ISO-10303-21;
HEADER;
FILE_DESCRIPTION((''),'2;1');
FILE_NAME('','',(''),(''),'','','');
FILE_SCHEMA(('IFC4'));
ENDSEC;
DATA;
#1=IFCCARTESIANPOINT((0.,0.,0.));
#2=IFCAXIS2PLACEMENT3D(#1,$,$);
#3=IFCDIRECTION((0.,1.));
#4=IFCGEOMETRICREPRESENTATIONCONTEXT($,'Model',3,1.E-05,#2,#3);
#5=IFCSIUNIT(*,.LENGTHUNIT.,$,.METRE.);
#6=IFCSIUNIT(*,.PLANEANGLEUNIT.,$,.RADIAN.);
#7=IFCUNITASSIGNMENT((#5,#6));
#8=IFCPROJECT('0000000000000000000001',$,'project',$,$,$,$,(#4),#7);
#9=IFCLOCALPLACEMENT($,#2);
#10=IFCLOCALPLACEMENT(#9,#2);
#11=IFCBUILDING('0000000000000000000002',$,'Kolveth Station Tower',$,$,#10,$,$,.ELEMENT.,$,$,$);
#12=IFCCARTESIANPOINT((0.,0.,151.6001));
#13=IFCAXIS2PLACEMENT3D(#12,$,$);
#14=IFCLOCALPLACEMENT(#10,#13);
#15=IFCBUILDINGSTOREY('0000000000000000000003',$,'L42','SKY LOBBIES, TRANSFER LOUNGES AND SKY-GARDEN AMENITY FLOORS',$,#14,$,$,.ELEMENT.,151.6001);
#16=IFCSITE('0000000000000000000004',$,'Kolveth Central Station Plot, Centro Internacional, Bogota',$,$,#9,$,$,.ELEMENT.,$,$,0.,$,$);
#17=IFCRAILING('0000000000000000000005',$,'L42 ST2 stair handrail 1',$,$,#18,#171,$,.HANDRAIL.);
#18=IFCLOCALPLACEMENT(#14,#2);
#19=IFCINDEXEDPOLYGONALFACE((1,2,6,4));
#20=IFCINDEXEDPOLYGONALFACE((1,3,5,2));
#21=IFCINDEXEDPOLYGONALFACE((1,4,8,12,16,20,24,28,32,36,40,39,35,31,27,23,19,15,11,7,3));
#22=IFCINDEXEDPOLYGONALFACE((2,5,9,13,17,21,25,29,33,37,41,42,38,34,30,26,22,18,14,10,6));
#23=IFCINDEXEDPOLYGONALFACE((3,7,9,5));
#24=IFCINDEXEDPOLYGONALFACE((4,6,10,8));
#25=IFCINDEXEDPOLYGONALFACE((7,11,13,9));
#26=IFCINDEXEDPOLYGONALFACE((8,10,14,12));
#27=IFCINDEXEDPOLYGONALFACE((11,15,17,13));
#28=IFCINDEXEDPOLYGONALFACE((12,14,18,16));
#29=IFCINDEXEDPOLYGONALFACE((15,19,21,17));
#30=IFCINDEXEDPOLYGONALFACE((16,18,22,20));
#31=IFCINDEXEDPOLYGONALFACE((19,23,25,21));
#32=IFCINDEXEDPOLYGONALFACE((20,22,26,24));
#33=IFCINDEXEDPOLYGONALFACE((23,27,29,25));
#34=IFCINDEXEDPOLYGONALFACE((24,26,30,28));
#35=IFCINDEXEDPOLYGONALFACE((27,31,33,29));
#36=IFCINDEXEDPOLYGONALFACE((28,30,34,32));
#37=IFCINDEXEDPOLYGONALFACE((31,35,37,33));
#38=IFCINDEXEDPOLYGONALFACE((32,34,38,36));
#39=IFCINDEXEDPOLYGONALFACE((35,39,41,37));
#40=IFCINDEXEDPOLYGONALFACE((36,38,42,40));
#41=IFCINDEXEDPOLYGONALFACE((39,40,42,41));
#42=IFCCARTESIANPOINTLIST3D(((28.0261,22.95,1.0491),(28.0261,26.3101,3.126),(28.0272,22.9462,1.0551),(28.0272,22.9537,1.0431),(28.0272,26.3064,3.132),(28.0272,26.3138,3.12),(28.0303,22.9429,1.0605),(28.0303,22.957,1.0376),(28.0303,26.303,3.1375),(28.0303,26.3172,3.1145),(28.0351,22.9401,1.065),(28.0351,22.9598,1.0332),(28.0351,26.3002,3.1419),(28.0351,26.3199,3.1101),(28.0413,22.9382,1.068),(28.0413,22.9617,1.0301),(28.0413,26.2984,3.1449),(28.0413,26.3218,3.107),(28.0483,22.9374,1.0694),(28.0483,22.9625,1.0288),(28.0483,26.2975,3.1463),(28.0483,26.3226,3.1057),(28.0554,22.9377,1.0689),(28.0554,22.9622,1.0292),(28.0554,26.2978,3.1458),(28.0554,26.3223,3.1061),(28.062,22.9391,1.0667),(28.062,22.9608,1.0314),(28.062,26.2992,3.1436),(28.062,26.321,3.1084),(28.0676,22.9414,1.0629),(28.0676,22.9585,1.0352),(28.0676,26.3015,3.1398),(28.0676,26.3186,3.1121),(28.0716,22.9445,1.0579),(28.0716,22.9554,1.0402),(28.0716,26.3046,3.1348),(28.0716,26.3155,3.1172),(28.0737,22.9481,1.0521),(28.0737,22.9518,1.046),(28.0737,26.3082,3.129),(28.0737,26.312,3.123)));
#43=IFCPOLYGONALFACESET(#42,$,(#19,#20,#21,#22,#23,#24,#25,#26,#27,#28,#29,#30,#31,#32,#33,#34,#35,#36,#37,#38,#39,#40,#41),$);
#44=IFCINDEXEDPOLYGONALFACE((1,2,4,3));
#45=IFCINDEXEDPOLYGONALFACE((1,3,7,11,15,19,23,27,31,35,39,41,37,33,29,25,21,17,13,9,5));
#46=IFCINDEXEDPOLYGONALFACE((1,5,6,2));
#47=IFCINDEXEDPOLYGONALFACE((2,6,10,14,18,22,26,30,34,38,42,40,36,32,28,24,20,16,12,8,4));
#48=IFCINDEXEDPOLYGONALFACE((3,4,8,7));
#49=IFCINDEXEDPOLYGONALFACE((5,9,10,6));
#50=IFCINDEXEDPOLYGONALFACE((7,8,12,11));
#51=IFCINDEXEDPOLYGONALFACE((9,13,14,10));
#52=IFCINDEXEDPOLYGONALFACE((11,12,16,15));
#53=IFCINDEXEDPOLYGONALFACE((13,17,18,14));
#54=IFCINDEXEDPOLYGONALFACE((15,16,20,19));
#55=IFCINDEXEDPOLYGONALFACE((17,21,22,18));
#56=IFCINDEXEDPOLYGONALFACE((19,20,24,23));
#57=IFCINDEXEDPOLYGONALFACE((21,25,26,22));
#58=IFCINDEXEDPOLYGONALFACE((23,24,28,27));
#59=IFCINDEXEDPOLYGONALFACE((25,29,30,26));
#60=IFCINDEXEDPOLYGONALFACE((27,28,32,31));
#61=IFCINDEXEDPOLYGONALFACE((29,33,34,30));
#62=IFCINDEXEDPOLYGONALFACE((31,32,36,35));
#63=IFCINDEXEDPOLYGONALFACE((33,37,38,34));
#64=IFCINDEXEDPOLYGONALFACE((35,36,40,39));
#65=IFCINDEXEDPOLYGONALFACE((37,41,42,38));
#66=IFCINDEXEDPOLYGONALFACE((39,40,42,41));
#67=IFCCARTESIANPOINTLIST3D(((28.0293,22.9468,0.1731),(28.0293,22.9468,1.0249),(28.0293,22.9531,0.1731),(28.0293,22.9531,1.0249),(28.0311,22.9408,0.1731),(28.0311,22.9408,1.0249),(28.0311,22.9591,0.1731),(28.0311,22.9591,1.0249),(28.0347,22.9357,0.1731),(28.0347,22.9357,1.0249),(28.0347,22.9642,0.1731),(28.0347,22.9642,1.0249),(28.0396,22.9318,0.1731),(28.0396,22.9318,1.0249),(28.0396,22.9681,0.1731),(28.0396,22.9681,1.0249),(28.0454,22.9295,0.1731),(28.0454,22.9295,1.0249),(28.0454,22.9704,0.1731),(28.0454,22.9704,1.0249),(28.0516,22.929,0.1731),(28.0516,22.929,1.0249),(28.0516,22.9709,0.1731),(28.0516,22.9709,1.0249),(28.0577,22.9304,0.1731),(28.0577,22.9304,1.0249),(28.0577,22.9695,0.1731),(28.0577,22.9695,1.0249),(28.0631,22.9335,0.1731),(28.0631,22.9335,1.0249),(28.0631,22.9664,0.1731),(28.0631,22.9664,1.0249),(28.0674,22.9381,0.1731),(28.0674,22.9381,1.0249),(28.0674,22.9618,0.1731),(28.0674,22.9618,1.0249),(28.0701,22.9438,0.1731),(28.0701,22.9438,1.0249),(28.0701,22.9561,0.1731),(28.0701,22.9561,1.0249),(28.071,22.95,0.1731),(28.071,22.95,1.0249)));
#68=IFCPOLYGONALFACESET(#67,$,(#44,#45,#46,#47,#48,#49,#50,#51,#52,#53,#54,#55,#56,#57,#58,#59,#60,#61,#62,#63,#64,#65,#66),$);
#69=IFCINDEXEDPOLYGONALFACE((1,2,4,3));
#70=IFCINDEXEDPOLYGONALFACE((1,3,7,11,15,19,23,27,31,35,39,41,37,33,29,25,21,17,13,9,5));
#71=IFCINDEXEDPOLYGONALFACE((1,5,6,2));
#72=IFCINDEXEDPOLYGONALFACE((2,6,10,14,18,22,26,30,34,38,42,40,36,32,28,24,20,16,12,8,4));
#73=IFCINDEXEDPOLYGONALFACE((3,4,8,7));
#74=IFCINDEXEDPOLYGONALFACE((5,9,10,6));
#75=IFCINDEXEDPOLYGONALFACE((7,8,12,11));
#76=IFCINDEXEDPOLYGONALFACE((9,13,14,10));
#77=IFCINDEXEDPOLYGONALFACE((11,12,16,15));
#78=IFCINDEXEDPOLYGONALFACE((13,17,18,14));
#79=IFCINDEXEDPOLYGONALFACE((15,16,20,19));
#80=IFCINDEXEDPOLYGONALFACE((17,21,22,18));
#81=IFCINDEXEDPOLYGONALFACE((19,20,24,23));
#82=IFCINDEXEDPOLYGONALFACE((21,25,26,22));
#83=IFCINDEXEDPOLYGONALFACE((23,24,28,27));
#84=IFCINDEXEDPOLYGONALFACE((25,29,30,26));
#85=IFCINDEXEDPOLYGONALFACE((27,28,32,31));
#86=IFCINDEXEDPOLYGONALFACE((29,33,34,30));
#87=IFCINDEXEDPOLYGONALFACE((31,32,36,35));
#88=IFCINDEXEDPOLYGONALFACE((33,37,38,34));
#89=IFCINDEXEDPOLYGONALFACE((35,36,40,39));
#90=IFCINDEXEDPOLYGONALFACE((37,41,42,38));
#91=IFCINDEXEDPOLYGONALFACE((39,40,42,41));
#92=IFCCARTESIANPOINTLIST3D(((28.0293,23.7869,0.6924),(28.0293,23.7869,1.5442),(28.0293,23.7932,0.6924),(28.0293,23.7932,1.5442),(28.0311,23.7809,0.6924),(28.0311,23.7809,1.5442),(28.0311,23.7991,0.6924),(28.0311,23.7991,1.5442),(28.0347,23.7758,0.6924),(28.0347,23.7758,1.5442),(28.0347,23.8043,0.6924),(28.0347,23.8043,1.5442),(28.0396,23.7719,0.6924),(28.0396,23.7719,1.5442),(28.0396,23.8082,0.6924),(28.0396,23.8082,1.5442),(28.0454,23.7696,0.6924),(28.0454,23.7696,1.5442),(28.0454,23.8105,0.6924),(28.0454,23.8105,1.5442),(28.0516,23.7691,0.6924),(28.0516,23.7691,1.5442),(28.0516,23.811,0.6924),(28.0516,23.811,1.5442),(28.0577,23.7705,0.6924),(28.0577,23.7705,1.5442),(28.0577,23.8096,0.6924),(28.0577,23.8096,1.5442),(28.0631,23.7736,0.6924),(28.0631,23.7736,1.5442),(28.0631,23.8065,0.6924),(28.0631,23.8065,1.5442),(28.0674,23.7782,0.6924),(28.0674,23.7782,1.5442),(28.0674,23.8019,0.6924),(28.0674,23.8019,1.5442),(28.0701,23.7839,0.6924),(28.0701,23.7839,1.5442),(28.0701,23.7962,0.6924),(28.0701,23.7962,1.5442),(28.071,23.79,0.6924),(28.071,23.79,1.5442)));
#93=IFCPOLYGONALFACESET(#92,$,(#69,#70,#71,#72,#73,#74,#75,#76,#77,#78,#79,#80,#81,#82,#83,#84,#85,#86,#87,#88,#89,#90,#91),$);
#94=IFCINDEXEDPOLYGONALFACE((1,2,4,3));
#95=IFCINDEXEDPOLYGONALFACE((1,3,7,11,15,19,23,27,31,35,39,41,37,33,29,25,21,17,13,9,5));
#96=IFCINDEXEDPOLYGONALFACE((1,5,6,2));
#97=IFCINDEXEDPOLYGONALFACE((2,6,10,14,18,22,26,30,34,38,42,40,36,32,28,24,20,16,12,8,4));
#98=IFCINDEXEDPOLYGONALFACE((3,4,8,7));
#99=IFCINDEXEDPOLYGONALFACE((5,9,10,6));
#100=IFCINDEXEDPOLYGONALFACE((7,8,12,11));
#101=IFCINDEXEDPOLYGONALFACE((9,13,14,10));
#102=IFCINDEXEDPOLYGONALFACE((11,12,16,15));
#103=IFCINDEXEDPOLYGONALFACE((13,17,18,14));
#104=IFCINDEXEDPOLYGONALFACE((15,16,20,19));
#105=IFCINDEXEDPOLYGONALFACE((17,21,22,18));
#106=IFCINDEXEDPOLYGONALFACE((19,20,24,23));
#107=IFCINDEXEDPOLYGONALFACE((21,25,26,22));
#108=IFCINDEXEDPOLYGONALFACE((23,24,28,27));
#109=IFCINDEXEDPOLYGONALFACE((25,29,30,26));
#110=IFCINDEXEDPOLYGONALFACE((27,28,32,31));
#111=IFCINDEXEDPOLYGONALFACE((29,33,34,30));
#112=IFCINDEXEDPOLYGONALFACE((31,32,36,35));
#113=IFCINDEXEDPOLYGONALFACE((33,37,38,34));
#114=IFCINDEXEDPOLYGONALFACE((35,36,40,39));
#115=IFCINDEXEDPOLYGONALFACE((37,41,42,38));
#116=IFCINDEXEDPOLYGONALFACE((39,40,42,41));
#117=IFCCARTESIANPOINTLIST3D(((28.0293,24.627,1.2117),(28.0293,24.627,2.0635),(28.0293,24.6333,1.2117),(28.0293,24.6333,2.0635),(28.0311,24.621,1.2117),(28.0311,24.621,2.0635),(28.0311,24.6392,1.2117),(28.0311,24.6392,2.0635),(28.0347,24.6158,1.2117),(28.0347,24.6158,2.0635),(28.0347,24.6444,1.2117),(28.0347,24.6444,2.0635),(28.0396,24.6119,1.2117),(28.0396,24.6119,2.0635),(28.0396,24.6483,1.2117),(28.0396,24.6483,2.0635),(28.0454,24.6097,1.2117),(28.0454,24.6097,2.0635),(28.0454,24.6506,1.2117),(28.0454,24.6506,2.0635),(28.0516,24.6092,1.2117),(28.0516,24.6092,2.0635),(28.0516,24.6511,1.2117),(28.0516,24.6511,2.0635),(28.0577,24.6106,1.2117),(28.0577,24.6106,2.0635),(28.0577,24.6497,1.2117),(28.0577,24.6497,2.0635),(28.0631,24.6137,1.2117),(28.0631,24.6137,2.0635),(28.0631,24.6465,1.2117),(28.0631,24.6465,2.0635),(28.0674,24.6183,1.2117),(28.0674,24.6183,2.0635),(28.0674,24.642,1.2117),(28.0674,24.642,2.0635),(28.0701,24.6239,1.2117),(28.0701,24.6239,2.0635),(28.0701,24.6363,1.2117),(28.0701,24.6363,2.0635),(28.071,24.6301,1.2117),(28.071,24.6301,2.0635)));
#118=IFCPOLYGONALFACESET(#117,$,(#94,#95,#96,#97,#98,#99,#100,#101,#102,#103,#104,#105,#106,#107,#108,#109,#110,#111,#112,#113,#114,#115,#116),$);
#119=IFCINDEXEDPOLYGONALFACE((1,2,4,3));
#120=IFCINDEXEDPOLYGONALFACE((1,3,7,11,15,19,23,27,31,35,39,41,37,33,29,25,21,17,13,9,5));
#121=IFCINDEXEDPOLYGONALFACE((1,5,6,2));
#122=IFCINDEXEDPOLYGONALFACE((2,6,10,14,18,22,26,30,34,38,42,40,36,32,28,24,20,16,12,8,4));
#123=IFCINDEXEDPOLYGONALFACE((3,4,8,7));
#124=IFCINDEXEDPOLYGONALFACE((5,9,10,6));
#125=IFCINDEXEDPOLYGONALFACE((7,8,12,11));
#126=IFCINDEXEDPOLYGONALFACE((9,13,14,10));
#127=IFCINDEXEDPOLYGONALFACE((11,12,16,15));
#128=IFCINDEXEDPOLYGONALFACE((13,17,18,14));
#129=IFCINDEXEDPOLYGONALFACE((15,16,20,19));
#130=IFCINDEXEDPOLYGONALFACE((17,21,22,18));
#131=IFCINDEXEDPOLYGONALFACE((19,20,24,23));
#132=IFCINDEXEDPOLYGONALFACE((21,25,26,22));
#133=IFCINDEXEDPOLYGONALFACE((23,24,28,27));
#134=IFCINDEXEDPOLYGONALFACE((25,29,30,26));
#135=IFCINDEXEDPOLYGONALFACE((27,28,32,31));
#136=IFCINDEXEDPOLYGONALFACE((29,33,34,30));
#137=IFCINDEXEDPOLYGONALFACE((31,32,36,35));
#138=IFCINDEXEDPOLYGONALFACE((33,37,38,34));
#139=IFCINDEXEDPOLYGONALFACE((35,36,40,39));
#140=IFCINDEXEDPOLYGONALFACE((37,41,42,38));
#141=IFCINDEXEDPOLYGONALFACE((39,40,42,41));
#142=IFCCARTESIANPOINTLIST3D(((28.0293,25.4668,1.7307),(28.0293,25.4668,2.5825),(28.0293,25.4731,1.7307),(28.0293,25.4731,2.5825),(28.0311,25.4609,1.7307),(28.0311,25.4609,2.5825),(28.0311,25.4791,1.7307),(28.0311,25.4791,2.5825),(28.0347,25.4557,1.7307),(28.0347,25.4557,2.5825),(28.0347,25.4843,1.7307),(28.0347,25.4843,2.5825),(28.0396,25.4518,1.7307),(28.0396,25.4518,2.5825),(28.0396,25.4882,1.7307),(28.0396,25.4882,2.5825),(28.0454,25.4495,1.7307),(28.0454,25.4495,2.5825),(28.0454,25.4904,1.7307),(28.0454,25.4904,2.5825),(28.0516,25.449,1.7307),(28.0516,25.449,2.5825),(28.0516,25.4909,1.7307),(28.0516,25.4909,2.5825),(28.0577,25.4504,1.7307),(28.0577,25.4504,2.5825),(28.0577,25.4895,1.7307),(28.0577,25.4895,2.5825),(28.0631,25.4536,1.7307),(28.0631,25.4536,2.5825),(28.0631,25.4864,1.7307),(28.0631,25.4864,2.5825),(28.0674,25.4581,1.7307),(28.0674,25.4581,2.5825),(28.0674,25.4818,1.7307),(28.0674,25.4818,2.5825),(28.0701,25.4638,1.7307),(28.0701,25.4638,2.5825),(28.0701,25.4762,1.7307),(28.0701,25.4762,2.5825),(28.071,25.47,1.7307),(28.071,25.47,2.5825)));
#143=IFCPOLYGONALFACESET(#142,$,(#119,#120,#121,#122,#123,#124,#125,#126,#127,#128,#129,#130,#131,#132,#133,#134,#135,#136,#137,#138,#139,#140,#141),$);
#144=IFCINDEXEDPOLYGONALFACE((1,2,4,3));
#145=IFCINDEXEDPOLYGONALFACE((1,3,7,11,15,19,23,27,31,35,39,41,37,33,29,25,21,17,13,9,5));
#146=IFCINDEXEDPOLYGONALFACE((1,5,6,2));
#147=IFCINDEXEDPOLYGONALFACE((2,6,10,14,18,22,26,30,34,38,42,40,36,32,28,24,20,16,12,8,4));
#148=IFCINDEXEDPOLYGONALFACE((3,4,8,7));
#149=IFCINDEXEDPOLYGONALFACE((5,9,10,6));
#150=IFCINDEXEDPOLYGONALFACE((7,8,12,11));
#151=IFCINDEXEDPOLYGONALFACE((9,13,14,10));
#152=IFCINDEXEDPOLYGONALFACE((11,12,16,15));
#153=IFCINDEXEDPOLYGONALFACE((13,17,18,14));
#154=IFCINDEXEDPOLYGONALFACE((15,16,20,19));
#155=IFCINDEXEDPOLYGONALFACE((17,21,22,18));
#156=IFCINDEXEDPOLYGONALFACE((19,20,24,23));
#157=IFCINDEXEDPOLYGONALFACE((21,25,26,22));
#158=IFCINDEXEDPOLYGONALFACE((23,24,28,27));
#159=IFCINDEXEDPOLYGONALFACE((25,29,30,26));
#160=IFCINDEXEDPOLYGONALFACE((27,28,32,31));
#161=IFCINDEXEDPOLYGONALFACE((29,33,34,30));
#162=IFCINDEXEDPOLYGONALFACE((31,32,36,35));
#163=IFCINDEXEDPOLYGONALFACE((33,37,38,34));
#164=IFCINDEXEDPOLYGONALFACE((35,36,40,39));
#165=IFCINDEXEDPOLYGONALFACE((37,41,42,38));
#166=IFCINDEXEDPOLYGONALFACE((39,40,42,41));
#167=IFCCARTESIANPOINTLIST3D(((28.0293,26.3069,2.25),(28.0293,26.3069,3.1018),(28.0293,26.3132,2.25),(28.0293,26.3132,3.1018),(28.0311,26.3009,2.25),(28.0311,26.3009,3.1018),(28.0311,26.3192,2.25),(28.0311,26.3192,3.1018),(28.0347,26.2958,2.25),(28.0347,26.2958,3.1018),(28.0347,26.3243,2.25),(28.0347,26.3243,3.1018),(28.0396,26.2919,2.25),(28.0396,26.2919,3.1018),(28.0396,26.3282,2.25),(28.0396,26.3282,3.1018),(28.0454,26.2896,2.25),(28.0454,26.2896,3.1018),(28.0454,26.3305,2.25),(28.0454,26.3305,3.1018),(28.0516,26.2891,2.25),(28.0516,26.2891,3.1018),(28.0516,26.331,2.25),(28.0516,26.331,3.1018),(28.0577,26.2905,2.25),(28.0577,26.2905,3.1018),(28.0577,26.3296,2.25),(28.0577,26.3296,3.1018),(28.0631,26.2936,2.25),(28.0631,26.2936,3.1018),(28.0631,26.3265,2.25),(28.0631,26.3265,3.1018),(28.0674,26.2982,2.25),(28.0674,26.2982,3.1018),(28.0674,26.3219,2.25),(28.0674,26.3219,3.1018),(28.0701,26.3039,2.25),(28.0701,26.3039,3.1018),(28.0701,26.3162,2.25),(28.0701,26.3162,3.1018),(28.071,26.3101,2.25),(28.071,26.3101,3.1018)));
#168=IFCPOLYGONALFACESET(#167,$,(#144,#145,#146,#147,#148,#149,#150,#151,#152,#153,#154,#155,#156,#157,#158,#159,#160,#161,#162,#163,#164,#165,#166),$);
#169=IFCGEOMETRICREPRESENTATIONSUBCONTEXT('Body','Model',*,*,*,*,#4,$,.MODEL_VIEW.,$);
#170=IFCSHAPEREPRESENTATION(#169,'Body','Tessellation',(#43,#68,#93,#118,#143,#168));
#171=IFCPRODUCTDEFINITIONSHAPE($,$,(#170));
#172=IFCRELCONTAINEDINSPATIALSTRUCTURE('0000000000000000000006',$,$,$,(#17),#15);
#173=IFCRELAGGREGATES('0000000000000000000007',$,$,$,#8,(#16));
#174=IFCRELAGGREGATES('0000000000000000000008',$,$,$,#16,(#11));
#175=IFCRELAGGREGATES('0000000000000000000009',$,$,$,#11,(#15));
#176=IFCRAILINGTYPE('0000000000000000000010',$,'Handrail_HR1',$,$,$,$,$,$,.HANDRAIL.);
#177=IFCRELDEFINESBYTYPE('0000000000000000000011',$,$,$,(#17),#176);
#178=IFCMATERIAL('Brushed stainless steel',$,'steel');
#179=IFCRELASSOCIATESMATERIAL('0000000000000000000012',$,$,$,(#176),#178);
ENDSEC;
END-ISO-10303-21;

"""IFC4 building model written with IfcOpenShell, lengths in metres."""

from ifc_helpers import new_model, si_unit, direction, frame, origin, origin_2d, place, context, subcontext, project, spatial, circle, extrude, material, type_object, element, save


model = new_model("IFC4")

# Units and contexts
model_context = context("Model", 3, precision=1e-05, world=origin(), true_north=direction((0.0, 1.0)))
body_context = subcontext(model_context, "Body", "Model", "MODEL_VIEW")
ifc_project = project(units=[si_unit("LENGTHUNIT", "METRE"), si_unit("PLANEANGLEUNIT", "RADIAN")], contexts=[model_context])

# Site, building, storey
site_placement = place(None, origin())
site = spatial("IfcSite", under=ifc_project, at=site_placement, Name="Kolveth Central Station Plot, Centro Internacional, Bogota", CompositionType="ELEMENT", RefElevation=0.0)
building_placement = place(site_placement, origin())
building = spatial("IfcBuilding", under=site, at=building_placement, Name="Kolveth Station Tower", CompositionType="ELEMENT")
storey_placement = place(building_placement, frame((0.0, 0.0, 151.6001)))
storey = spatial("IfcBuildingStorey", under=building, at=storey_placement, Name="L42", Description="SKY LOBBIES, TRANSFER LOUNGES AND SKY-GARDEN AMENITY FLOORS", CompositionType="ELEMENT", Elevation=151.6001)

# Railing
ifc_material_1 = material(Name="Brushed stainless steel", Category="steel")
railing_type_1 = type_object("IfcRailingType", Name="Handrail_HR1", PredefinedType="HANDRAIL", material=ifc_material_1)
for number, where, name in (
    (1, (28.05, 22.95, 0.1731), "L42 ST2 stair handrail 1"),
):
    element("IfcRailing", number, at=place(storey_placement, frame(where)), inside=storey, type_object=railing_type_1, Name=name, PredefinedType="HANDRAIL", context=body_context, shape_type="SweptSolid", body=[
        extrude(circle(Radius=0.0239, at=origin_2d()), frame((0.0, 0.0, 0.876), z_axis=(0.0, 0.850623, 0.525776), x_axis=(-1.0, 0.0, 0.0)), (0.0, 0.0, 1.0), 3.9502),
        extrude(circle(Radius=0.021, at=origin_2d()), origin(), (0.0, 0.0, 1.0), 0.8518),
        extrude(circle(Radius=0.021, at=origin_2d()), frame((0.0, 0.8401, 0.5193)), (0.0, 0.0, 1.0), 0.8518),
        extrude(circle(Radius=0.021, at=origin_2d()), frame((0.0, 1.6802, 1.0386)), (0.0, 0.0, 1.0), 0.8518),
        extrude(circle(Radius=0.021, at=origin_2d()), frame((0.0, 2.52, 1.5576)), (0.0, 0.0, 1.0), 0.8518),
        extrude(circle(Radius=0.021, at=origin_2d()), frame((0.0, 3.3601, 2.0769)), (0.0, 0.0, 1.0), 0.8518),
    ])

save(model, "model.ifc")
